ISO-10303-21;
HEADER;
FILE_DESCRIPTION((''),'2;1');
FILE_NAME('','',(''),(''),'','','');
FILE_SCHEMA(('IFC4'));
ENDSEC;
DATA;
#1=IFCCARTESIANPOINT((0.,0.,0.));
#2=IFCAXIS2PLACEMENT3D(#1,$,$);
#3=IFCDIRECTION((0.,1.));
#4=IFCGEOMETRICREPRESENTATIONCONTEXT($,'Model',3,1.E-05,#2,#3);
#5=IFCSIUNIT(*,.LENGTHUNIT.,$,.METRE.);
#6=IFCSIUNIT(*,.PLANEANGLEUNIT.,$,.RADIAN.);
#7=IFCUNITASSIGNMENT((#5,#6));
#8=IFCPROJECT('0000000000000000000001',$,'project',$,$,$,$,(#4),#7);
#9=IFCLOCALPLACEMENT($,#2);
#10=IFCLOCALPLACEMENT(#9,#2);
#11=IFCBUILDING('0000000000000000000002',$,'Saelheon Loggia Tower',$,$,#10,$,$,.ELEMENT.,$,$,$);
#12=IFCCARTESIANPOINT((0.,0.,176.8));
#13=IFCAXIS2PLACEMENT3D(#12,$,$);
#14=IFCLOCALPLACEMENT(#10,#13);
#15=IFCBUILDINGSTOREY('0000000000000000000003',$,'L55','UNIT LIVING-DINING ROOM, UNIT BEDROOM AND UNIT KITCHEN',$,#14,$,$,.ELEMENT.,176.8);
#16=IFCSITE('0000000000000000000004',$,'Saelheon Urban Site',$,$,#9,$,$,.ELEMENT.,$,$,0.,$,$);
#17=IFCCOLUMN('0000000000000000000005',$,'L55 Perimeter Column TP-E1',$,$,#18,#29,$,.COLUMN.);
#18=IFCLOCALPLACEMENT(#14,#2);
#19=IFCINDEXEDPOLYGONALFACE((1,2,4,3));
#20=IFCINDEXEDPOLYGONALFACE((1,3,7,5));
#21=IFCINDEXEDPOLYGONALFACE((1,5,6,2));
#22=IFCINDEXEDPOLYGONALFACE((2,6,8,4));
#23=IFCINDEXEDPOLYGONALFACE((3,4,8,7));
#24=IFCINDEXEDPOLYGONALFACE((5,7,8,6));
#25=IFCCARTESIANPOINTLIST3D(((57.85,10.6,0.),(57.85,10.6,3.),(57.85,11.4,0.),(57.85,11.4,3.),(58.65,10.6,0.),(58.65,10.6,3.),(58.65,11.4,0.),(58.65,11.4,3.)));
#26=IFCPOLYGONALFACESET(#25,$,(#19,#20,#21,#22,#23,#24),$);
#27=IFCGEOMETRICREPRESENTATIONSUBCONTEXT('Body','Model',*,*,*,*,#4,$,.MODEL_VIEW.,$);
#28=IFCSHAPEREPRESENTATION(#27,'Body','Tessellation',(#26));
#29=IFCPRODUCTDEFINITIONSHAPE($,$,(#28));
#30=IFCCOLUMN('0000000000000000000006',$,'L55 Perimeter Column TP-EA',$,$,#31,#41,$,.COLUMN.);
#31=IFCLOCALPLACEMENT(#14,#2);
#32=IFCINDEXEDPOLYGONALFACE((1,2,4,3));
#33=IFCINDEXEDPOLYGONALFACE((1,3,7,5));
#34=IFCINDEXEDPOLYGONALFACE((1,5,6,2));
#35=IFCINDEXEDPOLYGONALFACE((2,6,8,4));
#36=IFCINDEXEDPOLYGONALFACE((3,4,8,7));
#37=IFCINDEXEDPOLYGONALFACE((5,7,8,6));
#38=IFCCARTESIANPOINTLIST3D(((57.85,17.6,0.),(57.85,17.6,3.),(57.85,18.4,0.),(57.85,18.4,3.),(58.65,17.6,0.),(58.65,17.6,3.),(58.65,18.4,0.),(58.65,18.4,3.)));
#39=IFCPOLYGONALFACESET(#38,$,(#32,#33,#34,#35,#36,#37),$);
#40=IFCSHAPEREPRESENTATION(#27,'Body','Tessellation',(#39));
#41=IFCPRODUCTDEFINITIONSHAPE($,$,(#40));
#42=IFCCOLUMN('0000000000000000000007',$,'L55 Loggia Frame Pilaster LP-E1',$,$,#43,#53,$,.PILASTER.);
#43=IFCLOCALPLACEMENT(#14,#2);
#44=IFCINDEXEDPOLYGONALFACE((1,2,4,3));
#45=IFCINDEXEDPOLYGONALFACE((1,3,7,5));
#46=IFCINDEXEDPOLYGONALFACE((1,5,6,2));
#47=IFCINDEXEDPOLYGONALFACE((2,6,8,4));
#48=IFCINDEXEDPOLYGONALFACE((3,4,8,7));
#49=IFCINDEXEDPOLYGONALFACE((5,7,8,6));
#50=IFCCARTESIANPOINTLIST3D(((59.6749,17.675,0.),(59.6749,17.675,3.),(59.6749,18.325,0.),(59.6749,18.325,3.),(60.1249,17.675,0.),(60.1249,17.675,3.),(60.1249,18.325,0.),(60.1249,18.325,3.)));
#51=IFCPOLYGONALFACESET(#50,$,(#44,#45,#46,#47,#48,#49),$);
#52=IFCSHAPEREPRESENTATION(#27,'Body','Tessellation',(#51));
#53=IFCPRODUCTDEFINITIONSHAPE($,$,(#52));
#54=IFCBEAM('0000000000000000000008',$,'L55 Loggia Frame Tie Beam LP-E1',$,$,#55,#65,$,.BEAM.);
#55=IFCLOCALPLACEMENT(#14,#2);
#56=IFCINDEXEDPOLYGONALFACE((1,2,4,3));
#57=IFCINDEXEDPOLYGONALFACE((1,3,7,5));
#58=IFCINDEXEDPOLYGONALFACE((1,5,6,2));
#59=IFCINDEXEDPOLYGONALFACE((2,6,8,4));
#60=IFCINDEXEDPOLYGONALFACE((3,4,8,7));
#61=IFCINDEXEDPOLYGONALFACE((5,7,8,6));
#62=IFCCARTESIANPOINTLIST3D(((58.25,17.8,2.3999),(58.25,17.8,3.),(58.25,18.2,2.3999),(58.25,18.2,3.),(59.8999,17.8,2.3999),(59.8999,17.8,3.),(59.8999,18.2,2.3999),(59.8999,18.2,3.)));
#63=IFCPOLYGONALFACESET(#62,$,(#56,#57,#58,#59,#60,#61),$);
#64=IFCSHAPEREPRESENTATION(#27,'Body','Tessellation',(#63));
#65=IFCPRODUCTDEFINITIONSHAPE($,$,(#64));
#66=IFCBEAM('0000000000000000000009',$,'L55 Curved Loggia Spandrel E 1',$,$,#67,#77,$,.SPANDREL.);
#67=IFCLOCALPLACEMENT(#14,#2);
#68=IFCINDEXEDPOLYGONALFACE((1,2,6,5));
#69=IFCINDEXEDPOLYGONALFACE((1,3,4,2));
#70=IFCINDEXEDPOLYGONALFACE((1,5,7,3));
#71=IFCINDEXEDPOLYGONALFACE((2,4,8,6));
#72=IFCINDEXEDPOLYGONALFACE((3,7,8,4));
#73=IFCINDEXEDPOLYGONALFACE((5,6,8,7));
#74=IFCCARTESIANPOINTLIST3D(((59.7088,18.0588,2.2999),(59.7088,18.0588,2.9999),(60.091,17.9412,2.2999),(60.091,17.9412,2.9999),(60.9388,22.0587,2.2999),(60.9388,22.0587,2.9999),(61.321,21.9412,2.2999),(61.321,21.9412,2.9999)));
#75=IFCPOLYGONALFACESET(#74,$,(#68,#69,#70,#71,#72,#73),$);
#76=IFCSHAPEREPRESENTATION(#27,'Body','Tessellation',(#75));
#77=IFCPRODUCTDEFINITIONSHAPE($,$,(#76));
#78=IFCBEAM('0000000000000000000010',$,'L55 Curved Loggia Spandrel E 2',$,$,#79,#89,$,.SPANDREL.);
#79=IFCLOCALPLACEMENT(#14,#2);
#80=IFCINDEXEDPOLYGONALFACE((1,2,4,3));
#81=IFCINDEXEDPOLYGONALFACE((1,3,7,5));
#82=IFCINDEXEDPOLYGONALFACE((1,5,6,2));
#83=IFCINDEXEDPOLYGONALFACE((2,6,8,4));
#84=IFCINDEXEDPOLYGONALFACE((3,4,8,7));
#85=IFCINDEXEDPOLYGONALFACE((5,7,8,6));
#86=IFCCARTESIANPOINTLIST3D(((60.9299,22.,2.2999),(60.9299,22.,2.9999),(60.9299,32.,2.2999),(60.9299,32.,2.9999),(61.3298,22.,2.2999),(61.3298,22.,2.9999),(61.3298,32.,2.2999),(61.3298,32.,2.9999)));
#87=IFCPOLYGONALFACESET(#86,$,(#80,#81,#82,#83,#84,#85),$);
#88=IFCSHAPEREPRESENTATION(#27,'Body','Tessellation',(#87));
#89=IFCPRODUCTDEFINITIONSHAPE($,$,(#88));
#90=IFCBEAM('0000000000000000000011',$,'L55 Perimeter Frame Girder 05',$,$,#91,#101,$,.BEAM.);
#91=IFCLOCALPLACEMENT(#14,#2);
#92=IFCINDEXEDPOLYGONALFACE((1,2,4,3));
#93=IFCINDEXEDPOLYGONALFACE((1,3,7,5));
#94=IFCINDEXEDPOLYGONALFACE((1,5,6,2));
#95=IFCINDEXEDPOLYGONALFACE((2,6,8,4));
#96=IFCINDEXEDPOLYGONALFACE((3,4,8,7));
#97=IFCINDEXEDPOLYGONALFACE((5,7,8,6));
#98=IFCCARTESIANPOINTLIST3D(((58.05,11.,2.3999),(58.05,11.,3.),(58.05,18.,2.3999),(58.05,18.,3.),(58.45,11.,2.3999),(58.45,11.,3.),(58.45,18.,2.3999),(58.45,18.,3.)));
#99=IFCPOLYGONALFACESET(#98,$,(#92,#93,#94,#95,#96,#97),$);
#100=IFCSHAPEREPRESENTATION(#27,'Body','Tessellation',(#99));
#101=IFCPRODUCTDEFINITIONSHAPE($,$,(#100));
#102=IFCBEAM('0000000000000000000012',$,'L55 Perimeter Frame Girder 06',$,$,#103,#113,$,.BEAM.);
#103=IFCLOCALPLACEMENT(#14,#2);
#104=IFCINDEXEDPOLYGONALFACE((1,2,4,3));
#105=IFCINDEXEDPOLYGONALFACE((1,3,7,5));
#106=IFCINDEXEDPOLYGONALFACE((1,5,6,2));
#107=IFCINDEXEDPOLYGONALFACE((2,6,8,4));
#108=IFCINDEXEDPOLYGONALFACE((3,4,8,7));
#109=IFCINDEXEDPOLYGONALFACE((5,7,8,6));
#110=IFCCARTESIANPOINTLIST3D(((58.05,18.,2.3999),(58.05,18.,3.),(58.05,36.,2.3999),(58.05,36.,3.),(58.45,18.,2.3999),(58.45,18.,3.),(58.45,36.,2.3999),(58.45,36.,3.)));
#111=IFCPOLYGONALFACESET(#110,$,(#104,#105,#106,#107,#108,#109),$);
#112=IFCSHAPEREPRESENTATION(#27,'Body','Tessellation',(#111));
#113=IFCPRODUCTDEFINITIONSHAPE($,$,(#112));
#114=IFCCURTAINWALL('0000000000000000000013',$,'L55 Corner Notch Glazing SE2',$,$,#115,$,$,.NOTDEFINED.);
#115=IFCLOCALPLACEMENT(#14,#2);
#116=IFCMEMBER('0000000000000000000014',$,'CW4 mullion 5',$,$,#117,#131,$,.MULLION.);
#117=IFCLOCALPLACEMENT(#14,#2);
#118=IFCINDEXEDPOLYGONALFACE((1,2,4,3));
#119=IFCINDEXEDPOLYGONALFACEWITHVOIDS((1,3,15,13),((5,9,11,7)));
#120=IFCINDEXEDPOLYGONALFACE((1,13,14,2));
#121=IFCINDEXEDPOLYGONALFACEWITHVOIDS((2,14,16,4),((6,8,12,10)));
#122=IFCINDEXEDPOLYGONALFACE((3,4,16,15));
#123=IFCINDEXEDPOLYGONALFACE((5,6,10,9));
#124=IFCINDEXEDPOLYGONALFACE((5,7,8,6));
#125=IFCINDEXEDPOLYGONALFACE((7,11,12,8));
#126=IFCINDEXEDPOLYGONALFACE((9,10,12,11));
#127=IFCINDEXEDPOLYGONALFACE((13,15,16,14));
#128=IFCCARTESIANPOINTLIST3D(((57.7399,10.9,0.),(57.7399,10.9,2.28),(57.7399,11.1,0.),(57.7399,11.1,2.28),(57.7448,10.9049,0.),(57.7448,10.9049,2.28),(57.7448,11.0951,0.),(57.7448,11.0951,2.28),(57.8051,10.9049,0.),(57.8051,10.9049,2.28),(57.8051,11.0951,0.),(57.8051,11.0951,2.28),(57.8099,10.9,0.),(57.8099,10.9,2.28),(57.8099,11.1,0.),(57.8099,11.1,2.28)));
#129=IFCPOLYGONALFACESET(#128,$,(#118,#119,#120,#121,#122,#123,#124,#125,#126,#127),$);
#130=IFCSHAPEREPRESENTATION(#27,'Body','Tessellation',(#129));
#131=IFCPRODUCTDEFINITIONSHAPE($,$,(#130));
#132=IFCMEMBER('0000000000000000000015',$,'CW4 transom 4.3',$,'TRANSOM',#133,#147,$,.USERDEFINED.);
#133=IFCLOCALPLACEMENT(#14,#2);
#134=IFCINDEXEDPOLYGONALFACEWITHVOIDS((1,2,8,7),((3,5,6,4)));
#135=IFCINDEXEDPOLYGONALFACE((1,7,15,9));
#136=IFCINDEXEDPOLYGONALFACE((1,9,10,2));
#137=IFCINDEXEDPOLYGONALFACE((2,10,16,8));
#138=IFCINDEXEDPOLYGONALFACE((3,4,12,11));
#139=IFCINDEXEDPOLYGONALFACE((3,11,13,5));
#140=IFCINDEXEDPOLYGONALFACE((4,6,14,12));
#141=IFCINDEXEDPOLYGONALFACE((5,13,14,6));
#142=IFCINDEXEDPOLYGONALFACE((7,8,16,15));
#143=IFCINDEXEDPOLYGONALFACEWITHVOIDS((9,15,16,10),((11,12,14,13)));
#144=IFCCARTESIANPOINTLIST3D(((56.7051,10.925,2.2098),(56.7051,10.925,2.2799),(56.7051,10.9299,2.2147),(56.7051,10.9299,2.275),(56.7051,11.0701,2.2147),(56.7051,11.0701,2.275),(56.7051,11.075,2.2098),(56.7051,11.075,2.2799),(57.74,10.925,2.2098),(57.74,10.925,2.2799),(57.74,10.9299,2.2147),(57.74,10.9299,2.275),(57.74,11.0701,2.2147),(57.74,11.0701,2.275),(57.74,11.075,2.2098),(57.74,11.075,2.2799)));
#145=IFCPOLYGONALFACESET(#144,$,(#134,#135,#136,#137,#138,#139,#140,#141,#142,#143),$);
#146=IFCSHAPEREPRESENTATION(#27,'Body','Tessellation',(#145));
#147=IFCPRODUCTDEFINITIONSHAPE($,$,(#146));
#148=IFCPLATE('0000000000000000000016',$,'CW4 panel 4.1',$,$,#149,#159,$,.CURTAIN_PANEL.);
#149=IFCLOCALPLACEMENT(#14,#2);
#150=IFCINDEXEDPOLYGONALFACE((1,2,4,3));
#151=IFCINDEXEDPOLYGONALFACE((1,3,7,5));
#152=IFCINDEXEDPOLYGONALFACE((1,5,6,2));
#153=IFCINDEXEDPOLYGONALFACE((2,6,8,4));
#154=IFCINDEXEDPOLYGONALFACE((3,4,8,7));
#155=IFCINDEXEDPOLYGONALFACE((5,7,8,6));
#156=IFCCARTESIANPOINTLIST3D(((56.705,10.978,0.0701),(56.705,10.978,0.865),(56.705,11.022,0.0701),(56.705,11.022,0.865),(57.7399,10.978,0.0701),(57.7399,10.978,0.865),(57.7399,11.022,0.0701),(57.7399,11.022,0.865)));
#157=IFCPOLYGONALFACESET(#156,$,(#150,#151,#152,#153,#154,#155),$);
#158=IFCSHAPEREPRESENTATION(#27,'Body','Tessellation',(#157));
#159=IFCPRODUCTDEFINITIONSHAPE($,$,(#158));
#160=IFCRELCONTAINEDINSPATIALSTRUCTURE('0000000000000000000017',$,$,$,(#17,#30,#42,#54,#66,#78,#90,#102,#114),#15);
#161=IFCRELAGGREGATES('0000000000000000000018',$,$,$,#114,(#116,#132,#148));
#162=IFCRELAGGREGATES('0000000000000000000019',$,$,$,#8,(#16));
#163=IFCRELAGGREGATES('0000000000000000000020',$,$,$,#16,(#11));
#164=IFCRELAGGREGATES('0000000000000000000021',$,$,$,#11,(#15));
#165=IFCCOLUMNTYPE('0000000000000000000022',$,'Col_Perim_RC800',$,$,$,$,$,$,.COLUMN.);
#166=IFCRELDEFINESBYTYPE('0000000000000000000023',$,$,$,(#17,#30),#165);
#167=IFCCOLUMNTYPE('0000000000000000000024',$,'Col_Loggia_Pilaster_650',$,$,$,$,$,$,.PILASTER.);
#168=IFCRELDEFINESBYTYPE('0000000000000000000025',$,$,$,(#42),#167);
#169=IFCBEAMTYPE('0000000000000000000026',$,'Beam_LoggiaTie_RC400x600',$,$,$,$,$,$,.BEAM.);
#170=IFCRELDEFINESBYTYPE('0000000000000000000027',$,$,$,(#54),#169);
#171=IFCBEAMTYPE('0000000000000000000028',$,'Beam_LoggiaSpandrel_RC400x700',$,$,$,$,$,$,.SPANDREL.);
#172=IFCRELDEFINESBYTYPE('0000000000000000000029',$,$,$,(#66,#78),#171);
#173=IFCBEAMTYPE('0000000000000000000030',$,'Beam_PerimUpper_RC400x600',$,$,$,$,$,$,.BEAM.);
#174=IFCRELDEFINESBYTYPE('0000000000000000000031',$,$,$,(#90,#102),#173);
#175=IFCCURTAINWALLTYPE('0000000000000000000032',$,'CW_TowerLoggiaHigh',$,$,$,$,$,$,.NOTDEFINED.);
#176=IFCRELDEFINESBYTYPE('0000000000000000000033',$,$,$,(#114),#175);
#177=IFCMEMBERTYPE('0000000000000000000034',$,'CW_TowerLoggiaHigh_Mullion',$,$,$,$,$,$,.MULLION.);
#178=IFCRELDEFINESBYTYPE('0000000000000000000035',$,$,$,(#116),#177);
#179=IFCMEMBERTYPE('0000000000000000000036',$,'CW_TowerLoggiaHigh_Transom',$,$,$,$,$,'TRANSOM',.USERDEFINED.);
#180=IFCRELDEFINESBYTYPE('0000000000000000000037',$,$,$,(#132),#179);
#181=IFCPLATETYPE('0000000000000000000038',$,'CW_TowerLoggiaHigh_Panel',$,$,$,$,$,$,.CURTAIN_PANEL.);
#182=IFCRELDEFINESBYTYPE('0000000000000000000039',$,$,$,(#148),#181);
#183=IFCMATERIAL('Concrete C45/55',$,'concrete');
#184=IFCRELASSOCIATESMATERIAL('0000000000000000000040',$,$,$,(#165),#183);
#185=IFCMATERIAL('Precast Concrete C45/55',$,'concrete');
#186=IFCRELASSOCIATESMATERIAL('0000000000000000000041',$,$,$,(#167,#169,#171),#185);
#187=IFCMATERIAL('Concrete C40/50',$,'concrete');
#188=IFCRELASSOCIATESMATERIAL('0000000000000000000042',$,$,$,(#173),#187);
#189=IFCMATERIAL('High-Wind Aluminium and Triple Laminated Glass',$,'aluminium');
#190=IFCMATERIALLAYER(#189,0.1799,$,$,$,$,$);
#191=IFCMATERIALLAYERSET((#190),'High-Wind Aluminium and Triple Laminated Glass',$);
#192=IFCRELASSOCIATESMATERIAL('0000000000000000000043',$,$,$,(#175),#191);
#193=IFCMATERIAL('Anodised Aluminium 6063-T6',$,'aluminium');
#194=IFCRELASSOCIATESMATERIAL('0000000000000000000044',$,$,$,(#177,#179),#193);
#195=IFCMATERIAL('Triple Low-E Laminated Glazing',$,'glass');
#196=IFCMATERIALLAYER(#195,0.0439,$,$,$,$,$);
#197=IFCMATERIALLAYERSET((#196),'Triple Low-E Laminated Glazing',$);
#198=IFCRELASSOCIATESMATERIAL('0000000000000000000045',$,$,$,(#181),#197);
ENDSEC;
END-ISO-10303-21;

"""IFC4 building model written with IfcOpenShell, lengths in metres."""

from ifc_helpers import new_model, si_unit, direction, frame, origin, origin_2d, place, context, subcontext, project, spatial, rectangle, hollow_rectangle, extrude, source, transform, mapped, material, layer, layer_set, material_profile, profile_set, type_object, element, aggregate, save


model = new_model("IFC4")

# Units and contexts
model_context = context("Model", 3, precision=1e-05, world=origin(), true_north=direction((0.0, 1.0)))
body_context = subcontext(model_context, "Body", "Model", "MODEL_VIEW")
ifc_project = project(units=[si_unit("LENGTHUNIT", "METRE"), si_unit("PLANEANGLEUNIT", "RADIAN")], contexts=[model_context])

# Site, building, storey
site_placement = place(None, origin())
site = spatial("IfcSite", under=ifc_project, at=site_placement, Name="Saelheon Urban Site", CompositionType="ELEMENT", RefElevation=0.0)
building_placement = place(site_placement, origin())
building = spatial("IfcBuilding", under=site, at=building_placement, Name="Saelheon Loggia Tower", CompositionType="ELEMENT")
storey_placement = place(building_placement, frame((0.0, 0.0, 176.8)))
storey = spatial("IfcBuildingStorey", under=building, at=storey_placement, Name="L55", Description="UNIT LIVING-DINING ROOM, UNIT BEDROOM AND UNIT KITCHEN", CompositionType="ELEMENT", Elevation=176.8)

# Columns
ifc_material_1 = material(Name="Concrete C45/55", Category="concrete")
ifc_material_profile_1 = material_profile(ifc_material_1, rectangle(XDim=0.8, YDim=0.8, at=origin_2d()), Name="RC-800x800")
ifc_profile_set_1 = profile_set([ifc_material_profile_1], Name="Concrete C45/55")
column_type_1 = type_object("IfcColumnType", Name="Col_Perim_RC800", PredefinedType="COLUMN", material=ifc_profile_set_1)
shared_shape_1 = source(origin(), body_context, "Body", "SweptSolid", [
    extrude(rectangle(XDim=0.8, YDim=0.8, at=origin_2d()), origin(), (0.0, 0.0, 1.0), 3.0),
])
for number, where, z_axis, x_axis, name in (
    (1, (58.25, 11.0, 0.0), (0.0, 0.0, 1.0), (1.0, 0.0, 0.0), "L55 Perimeter Column TP-E1"),
    (2, (58.25, 18.0, 0.0), (0.0, 0.0, 1.0), (1.0, 0.0, 0.0), "L55 Perimeter Column TP-EA"),
):
    element("IfcColumn", number, at=place(storey_placement, frame(where, z_axis=z_axis, x_axis=x_axis)), inside=storey, type_object=column_type_1, Name=name, PredefinedType="COLUMN", context=body_context, shape_type="MappedRepresentation", body=[
        mapped(shared_shape_1, transform((0.0, 0.0, 0.0), scale=1.0)),
    ])
ifc_material_2 = material(Name="Precast Concrete C45/55", Category="concrete")
ifc_material_profile_2 = material_profile(ifc_material_2, rectangle(XDim=0.45, YDim=0.6499, at=origin_2d()), Name="RC-450x650")
ifc_profile_set_2 = profile_set([ifc_material_profile_2], Name="Precast Concrete C45/55")
column_type_2 = type_object("IfcColumnType", Name="Col_Loggia_Pilaster_650", PredefinedType="PILASTER", material=ifc_profile_set_2)
shared_shape_2 = source(origin(), body_context, "Body", "SweptSolid", [
    extrude(rectangle(XDim=0.45, YDim=0.6499, at=origin_2d()), origin(), (0.0, 0.0, 1.0), 3.0),
])
column_placement = place(storey_placement, frame((59.8999, 18.0, 0.0), z_axis=(0.0, 0.0, 1.0), x_axis=(1.0, 0.0, 0.0)))
element("IfcColumn", 3, at=column_placement, inside=storey, type_object=column_type_2, Name="L55 Loggia Frame Pilaster LP-E1", PredefinedType="PILASTER", context=body_context, shape_type="MappedRepresentation", body=[
    mapped(shared_shape_2, transform((0.0, 0.0, 0.0), scale=1.0)),
])

# Beams
ifc_material_profile_3 = material_profile(ifc_material_2, rectangle(XDim=0.3999, YDim=0.6001, at=origin_2d()), Name="RC-400x600")
ifc_profile_set_3 = profile_set([ifc_material_profile_3], Name="Precast Concrete C45/55")
beam_type_1 = type_object("IfcBeamType", Name="Beam_LoggiaTie_RC400x600", PredefinedType="BEAM", material=ifc_profile_set_3)
shared_shape_3 = source(origin(), body_context, "Body", "SweptSolid", [
    extrude(rectangle(XDim=0.3999, YDim=0.6001, at=origin_2d()), origin(), (0.0, 0.0, 1.0), 1.6499),
])
beam_1_placement = place(storey_placement, frame((58.25, 18.0, 2.7), z_axis=(1.0, 0.0, 0.0), x_axis=(0.0, 1.0, 0.0)))
element("IfcBeam", 4, at=beam_1_placement, inside=storey, type_object=beam_type_1, Name="L55 Loggia Frame Tie Beam LP-E1", PredefinedType="BEAM", context=body_context, shape_type="MappedRepresentation", body=[
    mapped(shared_shape_3, transform((0.0, 0.0, 0.0), scale=1.0)),
])
ifc_material_profile_4 = material_profile(ifc_material_2, rectangle(XDim=0.3999, YDim=0.7, at=origin_2d()), Name="RC-400x700")
ifc_profile_set_4 = profile_set([ifc_material_profile_4], Name="Precast Concrete C45/55")
beam_type_2 = type_object("IfcBeamType", Name="Beam_LoggiaSpandrel_RC400x700", PredefinedType="SPANDREL", material=ifc_profile_set_4)
shared_shape_4 = source(origin(), body_context, "Body", "SweptSolid", [
    extrude(rectangle(XDim=0.3999, YDim=0.7, at=origin_2d()), origin(), (0.0, 0.0, 1.0), 4.1848),
])
beam_2_placement = place(storey_placement, frame((59.8999, 18.0, 2.6499), z_axis=(0.293914, 0.955832, 0.0), x_axis=(-0.955832, 0.293914, 0.0)))
element("IfcBeam", 5, at=beam_2_placement, inside=storey, type_object=beam_type_2, Name="L55 Curved Loggia Spandrel E 1", PredefinedType="SPANDREL", context=body_context, shape_type="MappedRepresentation", body=[
    mapped(shared_shape_4, transform((0.0, 0.0, 0.0), scale=1.0)),
])
shared_shape_5 = source(origin(), body_context, "Body", "SweptSolid", [
    extrude(rectangle(XDim=0.3999, YDim=0.7, at=origin_2d()), origin(), (0.0, 0.0, 1.0), 10.0),
])
beam_3_placement = place(storey_placement, frame((61.1299, 22.0, 2.6499), z_axis=(0.0, 1.0, 0.0), x_axis=(-1.0, 0.0, 0.0)))
element("IfcBeam", 6, at=beam_3_placement, inside=storey, type_object=beam_type_2, Name="L55 Curved Loggia Spandrel E 2", PredefinedType="SPANDREL", context=body_context, shape_type="MappedRepresentation", body=[
    mapped(shared_shape_5, transform((0.0, 0.0, 0.0), scale=1.0)),
])
ifc_material_3 = material(Name="Concrete C40/50", Category="concrete")
ifc_material_profile_5 = material_profile(ifc_material_3, rectangle(XDim=0.3999, YDim=0.6001, at=origin_2d()), Name="RC-400x600")
ifc_profile_set_5 = profile_set([ifc_material_profile_5], Name="Concrete C40/50")
beam_type_3 = type_object("IfcBeamType", Name="Beam_PerimUpper_RC400x600", PredefinedType="BEAM", material=ifc_profile_set_5)
shared_shape_6 = source(origin(), body_context, "Body", "SweptSolid", [
    extrude(rectangle(XDim=0.3999, YDim=0.6001, at=origin_2d()), origin(), (0.0, 0.0, 1.0), 7.0),
])
beam_4_placement = place(storey_placement, frame((58.25, 11.0, 2.7), z_axis=(0.0, 1.0, 0.0), x_axis=(-1.0, 0.0, 0.0)))
element("IfcBeam", 7, at=beam_4_placement, inside=storey, type_object=beam_type_3, Name="L55 Perimeter Frame Girder 05", PredefinedType="BEAM", context=body_context, shape_type="MappedRepresentation", body=[
    mapped(shared_shape_6, transform((0.0, 0.0, 0.0), scale=1.0)),
])
shared_shape_7 = source(origin(), body_context, "Body", "SweptSolid", [
    extrude(rectangle(XDim=0.3999, YDim=0.6001, at=origin_2d()), origin(), (0.0, 0.0, 1.0), 18.0),
])
beam_5_placement = place(storey_placement, frame((58.25, 18.0, 2.7), z_axis=(0.0, 1.0, 0.0), x_axis=(-1.0, 0.0, 0.0)))
element("IfcBeam", 8, at=beam_5_placement, inside=storey, type_object=beam_type_3, Name="L55 Perimeter Frame Girder 06", PredefinedType="BEAM", context=body_context, shape_type="MappedRepresentation", body=[
    mapped(shared_shape_7, transform((0.0, 0.0, 0.0), scale=1.0)),
])

# Curtain wall, members, plate
ifc_material_4 = material(Name="High-Wind Aluminium and Triple Laminated Glass", Category="aluminium")
ifc_layer_1 = layer(ifc_material_4, 0.1799)
ifc_layer_set_1 = layer_set([ifc_layer_1], Name="High-Wind Aluminium and Triple Laminated Glass")
curtain_wall_type = type_object("IfcCurtainWallType", Name="CW_TowerLoggiaHigh", PredefinedType="NOTDEFINED", material=ifc_layer_set_1)
curtain_wall_placement = place(storey_placement, origin())
curtain_wall = element("IfcCurtainWall", 9, at=curtain_wall_placement, inside=storey, type_object=curtain_wall_type, Name="L55 Corner Notch Glazing SE2", PredefinedType="NOTDEFINED")
ifc_material_5 = material(Name="Anodised Aluminium 6063-T6", Category="aluminium")
ifc_material_profile_6 = material_profile(ifc_material_5, hollow_rectangle(XDim=0.0701, YDim=0.2, WallThickness=0.0049, at=origin_2d()), Name="RHS-200x70x5")
ifc_profile_set_6 = profile_set([ifc_material_profile_6], Name="Anodised Aluminium 6063-T6")
member_type_1 = type_object("IfcMemberType", Name="CW_TowerLoggiaHigh_Mullion", PredefinedType="MULLION", material=ifc_profile_set_6)
shared_shape_8 = source(origin(), body_context, "Body", "SweptSolid", [
    extrude(hollow_rectangle(XDim=0.0701, YDim=0.2, WallThickness=0.0049, at=origin_2d()), origin(), (0.0, 0.0, 1.0), 2.28),
])
member_1_placement = place(storey_placement, frame((57.7749, 11.0, 0.0), z_axis=(0.0, 0.0, 1.0), x_axis=(1.0, 0.0, 0.0)))
member_1 = element("IfcMember", 10, at=member_1_placement, type_object=member_type_1, Name="CW4 mullion 5", PredefinedType="MULLION", context=body_context, shape_type="MappedRepresentation", body=[
    mapped(shared_shape_8, transform((0.0, 0.0, 0.0), scale=1.0)),
])
ifc_material_profile_7 = material_profile(ifc_material_5, hollow_rectangle(XDim=0.0701, YDim=0.1499, WallThickness=0.0049, at=origin_2d()), Name="RHS-150x70x5")
ifc_profile_set_7 = profile_set([ifc_material_profile_7], Name="Anodised Aluminium 6063-T6")
member_type_2 = type_object("IfcMemberType", Name="CW_TowerLoggiaHigh_Transom", ElementType="TRANSOM", PredefinedType="USERDEFINED", material=ifc_profile_set_7)
shared_shape_9 = source(origin(), body_context, "Body", "SweptSolid", [
    extrude(hollow_rectangle(XDim=0.0701, YDim=0.1499, WallThickness=0.0049, at=origin_2d()), origin(), (0.0, 0.0, 1.0), 1.0349),
])
member_2_placement = place(storey_placement, frame((56.7051, 11.0, 2.2449), z_axis=(1.0, 0.0, 0.0), x_axis=(0.0, 0.0, 1.0)))
member_2 = element("IfcMember", 11, at=member_2_placement, type_object=member_type_2, Name="CW4 transom 4.3", ObjectType="TRANSOM", PredefinedType="USERDEFINED", context=body_context, shape_type="MappedRepresentation", body=[
    mapped(shared_shape_9, transform((0.0, 0.0, 0.0), scale=1.0)),
])
ifc_material_6 = material(Name="Triple Low-E Laminated Glazing", Category="glass")
ifc_layer_2 = layer(ifc_material_6, 0.0439)
ifc_layer_set_2 = layer_set([ifc_layer_2], Name="Triple Low-E Laminated Glazing")
plate_type = type_object("IfcPlateType", Name="CW_TowerLoggiaHigh_Panel", PredefinedType="CURTAIN_PANEL", material=ifc_layer_set_2)
shared_shape_10 = source(origin(), body_context, "Body", "SweptSolid", [
    extrude(rectangle(XDim=1.0349, YDim=0.0439, at=origin_2d()), origin(), (0.0, 0.0, 1.0), 0.7949),
])
plate_1_placement = place(storey_placement, frame((57.2224, 11.0, 0.0701), z_axis=(0.0, 0.0, 1.0), x_axis=(1.0, 0.0, 0.0)))
plate_1 = element("IfcPlate", 12, at=plate_1_placement, type_object=plate_type, Name="CW4 panel 4.1", PredefinedType="CURTAIN_PANEL", context=body_context, shape_type="MappedRepresentation", body=[
    mapped(shared_shape_10, transform((0.0, 0.0, 0.0), scale=1.0)),
])
aggregate(curtain_wall, [member_1, member_2, plate_1])

save(model, "model.ifc")
